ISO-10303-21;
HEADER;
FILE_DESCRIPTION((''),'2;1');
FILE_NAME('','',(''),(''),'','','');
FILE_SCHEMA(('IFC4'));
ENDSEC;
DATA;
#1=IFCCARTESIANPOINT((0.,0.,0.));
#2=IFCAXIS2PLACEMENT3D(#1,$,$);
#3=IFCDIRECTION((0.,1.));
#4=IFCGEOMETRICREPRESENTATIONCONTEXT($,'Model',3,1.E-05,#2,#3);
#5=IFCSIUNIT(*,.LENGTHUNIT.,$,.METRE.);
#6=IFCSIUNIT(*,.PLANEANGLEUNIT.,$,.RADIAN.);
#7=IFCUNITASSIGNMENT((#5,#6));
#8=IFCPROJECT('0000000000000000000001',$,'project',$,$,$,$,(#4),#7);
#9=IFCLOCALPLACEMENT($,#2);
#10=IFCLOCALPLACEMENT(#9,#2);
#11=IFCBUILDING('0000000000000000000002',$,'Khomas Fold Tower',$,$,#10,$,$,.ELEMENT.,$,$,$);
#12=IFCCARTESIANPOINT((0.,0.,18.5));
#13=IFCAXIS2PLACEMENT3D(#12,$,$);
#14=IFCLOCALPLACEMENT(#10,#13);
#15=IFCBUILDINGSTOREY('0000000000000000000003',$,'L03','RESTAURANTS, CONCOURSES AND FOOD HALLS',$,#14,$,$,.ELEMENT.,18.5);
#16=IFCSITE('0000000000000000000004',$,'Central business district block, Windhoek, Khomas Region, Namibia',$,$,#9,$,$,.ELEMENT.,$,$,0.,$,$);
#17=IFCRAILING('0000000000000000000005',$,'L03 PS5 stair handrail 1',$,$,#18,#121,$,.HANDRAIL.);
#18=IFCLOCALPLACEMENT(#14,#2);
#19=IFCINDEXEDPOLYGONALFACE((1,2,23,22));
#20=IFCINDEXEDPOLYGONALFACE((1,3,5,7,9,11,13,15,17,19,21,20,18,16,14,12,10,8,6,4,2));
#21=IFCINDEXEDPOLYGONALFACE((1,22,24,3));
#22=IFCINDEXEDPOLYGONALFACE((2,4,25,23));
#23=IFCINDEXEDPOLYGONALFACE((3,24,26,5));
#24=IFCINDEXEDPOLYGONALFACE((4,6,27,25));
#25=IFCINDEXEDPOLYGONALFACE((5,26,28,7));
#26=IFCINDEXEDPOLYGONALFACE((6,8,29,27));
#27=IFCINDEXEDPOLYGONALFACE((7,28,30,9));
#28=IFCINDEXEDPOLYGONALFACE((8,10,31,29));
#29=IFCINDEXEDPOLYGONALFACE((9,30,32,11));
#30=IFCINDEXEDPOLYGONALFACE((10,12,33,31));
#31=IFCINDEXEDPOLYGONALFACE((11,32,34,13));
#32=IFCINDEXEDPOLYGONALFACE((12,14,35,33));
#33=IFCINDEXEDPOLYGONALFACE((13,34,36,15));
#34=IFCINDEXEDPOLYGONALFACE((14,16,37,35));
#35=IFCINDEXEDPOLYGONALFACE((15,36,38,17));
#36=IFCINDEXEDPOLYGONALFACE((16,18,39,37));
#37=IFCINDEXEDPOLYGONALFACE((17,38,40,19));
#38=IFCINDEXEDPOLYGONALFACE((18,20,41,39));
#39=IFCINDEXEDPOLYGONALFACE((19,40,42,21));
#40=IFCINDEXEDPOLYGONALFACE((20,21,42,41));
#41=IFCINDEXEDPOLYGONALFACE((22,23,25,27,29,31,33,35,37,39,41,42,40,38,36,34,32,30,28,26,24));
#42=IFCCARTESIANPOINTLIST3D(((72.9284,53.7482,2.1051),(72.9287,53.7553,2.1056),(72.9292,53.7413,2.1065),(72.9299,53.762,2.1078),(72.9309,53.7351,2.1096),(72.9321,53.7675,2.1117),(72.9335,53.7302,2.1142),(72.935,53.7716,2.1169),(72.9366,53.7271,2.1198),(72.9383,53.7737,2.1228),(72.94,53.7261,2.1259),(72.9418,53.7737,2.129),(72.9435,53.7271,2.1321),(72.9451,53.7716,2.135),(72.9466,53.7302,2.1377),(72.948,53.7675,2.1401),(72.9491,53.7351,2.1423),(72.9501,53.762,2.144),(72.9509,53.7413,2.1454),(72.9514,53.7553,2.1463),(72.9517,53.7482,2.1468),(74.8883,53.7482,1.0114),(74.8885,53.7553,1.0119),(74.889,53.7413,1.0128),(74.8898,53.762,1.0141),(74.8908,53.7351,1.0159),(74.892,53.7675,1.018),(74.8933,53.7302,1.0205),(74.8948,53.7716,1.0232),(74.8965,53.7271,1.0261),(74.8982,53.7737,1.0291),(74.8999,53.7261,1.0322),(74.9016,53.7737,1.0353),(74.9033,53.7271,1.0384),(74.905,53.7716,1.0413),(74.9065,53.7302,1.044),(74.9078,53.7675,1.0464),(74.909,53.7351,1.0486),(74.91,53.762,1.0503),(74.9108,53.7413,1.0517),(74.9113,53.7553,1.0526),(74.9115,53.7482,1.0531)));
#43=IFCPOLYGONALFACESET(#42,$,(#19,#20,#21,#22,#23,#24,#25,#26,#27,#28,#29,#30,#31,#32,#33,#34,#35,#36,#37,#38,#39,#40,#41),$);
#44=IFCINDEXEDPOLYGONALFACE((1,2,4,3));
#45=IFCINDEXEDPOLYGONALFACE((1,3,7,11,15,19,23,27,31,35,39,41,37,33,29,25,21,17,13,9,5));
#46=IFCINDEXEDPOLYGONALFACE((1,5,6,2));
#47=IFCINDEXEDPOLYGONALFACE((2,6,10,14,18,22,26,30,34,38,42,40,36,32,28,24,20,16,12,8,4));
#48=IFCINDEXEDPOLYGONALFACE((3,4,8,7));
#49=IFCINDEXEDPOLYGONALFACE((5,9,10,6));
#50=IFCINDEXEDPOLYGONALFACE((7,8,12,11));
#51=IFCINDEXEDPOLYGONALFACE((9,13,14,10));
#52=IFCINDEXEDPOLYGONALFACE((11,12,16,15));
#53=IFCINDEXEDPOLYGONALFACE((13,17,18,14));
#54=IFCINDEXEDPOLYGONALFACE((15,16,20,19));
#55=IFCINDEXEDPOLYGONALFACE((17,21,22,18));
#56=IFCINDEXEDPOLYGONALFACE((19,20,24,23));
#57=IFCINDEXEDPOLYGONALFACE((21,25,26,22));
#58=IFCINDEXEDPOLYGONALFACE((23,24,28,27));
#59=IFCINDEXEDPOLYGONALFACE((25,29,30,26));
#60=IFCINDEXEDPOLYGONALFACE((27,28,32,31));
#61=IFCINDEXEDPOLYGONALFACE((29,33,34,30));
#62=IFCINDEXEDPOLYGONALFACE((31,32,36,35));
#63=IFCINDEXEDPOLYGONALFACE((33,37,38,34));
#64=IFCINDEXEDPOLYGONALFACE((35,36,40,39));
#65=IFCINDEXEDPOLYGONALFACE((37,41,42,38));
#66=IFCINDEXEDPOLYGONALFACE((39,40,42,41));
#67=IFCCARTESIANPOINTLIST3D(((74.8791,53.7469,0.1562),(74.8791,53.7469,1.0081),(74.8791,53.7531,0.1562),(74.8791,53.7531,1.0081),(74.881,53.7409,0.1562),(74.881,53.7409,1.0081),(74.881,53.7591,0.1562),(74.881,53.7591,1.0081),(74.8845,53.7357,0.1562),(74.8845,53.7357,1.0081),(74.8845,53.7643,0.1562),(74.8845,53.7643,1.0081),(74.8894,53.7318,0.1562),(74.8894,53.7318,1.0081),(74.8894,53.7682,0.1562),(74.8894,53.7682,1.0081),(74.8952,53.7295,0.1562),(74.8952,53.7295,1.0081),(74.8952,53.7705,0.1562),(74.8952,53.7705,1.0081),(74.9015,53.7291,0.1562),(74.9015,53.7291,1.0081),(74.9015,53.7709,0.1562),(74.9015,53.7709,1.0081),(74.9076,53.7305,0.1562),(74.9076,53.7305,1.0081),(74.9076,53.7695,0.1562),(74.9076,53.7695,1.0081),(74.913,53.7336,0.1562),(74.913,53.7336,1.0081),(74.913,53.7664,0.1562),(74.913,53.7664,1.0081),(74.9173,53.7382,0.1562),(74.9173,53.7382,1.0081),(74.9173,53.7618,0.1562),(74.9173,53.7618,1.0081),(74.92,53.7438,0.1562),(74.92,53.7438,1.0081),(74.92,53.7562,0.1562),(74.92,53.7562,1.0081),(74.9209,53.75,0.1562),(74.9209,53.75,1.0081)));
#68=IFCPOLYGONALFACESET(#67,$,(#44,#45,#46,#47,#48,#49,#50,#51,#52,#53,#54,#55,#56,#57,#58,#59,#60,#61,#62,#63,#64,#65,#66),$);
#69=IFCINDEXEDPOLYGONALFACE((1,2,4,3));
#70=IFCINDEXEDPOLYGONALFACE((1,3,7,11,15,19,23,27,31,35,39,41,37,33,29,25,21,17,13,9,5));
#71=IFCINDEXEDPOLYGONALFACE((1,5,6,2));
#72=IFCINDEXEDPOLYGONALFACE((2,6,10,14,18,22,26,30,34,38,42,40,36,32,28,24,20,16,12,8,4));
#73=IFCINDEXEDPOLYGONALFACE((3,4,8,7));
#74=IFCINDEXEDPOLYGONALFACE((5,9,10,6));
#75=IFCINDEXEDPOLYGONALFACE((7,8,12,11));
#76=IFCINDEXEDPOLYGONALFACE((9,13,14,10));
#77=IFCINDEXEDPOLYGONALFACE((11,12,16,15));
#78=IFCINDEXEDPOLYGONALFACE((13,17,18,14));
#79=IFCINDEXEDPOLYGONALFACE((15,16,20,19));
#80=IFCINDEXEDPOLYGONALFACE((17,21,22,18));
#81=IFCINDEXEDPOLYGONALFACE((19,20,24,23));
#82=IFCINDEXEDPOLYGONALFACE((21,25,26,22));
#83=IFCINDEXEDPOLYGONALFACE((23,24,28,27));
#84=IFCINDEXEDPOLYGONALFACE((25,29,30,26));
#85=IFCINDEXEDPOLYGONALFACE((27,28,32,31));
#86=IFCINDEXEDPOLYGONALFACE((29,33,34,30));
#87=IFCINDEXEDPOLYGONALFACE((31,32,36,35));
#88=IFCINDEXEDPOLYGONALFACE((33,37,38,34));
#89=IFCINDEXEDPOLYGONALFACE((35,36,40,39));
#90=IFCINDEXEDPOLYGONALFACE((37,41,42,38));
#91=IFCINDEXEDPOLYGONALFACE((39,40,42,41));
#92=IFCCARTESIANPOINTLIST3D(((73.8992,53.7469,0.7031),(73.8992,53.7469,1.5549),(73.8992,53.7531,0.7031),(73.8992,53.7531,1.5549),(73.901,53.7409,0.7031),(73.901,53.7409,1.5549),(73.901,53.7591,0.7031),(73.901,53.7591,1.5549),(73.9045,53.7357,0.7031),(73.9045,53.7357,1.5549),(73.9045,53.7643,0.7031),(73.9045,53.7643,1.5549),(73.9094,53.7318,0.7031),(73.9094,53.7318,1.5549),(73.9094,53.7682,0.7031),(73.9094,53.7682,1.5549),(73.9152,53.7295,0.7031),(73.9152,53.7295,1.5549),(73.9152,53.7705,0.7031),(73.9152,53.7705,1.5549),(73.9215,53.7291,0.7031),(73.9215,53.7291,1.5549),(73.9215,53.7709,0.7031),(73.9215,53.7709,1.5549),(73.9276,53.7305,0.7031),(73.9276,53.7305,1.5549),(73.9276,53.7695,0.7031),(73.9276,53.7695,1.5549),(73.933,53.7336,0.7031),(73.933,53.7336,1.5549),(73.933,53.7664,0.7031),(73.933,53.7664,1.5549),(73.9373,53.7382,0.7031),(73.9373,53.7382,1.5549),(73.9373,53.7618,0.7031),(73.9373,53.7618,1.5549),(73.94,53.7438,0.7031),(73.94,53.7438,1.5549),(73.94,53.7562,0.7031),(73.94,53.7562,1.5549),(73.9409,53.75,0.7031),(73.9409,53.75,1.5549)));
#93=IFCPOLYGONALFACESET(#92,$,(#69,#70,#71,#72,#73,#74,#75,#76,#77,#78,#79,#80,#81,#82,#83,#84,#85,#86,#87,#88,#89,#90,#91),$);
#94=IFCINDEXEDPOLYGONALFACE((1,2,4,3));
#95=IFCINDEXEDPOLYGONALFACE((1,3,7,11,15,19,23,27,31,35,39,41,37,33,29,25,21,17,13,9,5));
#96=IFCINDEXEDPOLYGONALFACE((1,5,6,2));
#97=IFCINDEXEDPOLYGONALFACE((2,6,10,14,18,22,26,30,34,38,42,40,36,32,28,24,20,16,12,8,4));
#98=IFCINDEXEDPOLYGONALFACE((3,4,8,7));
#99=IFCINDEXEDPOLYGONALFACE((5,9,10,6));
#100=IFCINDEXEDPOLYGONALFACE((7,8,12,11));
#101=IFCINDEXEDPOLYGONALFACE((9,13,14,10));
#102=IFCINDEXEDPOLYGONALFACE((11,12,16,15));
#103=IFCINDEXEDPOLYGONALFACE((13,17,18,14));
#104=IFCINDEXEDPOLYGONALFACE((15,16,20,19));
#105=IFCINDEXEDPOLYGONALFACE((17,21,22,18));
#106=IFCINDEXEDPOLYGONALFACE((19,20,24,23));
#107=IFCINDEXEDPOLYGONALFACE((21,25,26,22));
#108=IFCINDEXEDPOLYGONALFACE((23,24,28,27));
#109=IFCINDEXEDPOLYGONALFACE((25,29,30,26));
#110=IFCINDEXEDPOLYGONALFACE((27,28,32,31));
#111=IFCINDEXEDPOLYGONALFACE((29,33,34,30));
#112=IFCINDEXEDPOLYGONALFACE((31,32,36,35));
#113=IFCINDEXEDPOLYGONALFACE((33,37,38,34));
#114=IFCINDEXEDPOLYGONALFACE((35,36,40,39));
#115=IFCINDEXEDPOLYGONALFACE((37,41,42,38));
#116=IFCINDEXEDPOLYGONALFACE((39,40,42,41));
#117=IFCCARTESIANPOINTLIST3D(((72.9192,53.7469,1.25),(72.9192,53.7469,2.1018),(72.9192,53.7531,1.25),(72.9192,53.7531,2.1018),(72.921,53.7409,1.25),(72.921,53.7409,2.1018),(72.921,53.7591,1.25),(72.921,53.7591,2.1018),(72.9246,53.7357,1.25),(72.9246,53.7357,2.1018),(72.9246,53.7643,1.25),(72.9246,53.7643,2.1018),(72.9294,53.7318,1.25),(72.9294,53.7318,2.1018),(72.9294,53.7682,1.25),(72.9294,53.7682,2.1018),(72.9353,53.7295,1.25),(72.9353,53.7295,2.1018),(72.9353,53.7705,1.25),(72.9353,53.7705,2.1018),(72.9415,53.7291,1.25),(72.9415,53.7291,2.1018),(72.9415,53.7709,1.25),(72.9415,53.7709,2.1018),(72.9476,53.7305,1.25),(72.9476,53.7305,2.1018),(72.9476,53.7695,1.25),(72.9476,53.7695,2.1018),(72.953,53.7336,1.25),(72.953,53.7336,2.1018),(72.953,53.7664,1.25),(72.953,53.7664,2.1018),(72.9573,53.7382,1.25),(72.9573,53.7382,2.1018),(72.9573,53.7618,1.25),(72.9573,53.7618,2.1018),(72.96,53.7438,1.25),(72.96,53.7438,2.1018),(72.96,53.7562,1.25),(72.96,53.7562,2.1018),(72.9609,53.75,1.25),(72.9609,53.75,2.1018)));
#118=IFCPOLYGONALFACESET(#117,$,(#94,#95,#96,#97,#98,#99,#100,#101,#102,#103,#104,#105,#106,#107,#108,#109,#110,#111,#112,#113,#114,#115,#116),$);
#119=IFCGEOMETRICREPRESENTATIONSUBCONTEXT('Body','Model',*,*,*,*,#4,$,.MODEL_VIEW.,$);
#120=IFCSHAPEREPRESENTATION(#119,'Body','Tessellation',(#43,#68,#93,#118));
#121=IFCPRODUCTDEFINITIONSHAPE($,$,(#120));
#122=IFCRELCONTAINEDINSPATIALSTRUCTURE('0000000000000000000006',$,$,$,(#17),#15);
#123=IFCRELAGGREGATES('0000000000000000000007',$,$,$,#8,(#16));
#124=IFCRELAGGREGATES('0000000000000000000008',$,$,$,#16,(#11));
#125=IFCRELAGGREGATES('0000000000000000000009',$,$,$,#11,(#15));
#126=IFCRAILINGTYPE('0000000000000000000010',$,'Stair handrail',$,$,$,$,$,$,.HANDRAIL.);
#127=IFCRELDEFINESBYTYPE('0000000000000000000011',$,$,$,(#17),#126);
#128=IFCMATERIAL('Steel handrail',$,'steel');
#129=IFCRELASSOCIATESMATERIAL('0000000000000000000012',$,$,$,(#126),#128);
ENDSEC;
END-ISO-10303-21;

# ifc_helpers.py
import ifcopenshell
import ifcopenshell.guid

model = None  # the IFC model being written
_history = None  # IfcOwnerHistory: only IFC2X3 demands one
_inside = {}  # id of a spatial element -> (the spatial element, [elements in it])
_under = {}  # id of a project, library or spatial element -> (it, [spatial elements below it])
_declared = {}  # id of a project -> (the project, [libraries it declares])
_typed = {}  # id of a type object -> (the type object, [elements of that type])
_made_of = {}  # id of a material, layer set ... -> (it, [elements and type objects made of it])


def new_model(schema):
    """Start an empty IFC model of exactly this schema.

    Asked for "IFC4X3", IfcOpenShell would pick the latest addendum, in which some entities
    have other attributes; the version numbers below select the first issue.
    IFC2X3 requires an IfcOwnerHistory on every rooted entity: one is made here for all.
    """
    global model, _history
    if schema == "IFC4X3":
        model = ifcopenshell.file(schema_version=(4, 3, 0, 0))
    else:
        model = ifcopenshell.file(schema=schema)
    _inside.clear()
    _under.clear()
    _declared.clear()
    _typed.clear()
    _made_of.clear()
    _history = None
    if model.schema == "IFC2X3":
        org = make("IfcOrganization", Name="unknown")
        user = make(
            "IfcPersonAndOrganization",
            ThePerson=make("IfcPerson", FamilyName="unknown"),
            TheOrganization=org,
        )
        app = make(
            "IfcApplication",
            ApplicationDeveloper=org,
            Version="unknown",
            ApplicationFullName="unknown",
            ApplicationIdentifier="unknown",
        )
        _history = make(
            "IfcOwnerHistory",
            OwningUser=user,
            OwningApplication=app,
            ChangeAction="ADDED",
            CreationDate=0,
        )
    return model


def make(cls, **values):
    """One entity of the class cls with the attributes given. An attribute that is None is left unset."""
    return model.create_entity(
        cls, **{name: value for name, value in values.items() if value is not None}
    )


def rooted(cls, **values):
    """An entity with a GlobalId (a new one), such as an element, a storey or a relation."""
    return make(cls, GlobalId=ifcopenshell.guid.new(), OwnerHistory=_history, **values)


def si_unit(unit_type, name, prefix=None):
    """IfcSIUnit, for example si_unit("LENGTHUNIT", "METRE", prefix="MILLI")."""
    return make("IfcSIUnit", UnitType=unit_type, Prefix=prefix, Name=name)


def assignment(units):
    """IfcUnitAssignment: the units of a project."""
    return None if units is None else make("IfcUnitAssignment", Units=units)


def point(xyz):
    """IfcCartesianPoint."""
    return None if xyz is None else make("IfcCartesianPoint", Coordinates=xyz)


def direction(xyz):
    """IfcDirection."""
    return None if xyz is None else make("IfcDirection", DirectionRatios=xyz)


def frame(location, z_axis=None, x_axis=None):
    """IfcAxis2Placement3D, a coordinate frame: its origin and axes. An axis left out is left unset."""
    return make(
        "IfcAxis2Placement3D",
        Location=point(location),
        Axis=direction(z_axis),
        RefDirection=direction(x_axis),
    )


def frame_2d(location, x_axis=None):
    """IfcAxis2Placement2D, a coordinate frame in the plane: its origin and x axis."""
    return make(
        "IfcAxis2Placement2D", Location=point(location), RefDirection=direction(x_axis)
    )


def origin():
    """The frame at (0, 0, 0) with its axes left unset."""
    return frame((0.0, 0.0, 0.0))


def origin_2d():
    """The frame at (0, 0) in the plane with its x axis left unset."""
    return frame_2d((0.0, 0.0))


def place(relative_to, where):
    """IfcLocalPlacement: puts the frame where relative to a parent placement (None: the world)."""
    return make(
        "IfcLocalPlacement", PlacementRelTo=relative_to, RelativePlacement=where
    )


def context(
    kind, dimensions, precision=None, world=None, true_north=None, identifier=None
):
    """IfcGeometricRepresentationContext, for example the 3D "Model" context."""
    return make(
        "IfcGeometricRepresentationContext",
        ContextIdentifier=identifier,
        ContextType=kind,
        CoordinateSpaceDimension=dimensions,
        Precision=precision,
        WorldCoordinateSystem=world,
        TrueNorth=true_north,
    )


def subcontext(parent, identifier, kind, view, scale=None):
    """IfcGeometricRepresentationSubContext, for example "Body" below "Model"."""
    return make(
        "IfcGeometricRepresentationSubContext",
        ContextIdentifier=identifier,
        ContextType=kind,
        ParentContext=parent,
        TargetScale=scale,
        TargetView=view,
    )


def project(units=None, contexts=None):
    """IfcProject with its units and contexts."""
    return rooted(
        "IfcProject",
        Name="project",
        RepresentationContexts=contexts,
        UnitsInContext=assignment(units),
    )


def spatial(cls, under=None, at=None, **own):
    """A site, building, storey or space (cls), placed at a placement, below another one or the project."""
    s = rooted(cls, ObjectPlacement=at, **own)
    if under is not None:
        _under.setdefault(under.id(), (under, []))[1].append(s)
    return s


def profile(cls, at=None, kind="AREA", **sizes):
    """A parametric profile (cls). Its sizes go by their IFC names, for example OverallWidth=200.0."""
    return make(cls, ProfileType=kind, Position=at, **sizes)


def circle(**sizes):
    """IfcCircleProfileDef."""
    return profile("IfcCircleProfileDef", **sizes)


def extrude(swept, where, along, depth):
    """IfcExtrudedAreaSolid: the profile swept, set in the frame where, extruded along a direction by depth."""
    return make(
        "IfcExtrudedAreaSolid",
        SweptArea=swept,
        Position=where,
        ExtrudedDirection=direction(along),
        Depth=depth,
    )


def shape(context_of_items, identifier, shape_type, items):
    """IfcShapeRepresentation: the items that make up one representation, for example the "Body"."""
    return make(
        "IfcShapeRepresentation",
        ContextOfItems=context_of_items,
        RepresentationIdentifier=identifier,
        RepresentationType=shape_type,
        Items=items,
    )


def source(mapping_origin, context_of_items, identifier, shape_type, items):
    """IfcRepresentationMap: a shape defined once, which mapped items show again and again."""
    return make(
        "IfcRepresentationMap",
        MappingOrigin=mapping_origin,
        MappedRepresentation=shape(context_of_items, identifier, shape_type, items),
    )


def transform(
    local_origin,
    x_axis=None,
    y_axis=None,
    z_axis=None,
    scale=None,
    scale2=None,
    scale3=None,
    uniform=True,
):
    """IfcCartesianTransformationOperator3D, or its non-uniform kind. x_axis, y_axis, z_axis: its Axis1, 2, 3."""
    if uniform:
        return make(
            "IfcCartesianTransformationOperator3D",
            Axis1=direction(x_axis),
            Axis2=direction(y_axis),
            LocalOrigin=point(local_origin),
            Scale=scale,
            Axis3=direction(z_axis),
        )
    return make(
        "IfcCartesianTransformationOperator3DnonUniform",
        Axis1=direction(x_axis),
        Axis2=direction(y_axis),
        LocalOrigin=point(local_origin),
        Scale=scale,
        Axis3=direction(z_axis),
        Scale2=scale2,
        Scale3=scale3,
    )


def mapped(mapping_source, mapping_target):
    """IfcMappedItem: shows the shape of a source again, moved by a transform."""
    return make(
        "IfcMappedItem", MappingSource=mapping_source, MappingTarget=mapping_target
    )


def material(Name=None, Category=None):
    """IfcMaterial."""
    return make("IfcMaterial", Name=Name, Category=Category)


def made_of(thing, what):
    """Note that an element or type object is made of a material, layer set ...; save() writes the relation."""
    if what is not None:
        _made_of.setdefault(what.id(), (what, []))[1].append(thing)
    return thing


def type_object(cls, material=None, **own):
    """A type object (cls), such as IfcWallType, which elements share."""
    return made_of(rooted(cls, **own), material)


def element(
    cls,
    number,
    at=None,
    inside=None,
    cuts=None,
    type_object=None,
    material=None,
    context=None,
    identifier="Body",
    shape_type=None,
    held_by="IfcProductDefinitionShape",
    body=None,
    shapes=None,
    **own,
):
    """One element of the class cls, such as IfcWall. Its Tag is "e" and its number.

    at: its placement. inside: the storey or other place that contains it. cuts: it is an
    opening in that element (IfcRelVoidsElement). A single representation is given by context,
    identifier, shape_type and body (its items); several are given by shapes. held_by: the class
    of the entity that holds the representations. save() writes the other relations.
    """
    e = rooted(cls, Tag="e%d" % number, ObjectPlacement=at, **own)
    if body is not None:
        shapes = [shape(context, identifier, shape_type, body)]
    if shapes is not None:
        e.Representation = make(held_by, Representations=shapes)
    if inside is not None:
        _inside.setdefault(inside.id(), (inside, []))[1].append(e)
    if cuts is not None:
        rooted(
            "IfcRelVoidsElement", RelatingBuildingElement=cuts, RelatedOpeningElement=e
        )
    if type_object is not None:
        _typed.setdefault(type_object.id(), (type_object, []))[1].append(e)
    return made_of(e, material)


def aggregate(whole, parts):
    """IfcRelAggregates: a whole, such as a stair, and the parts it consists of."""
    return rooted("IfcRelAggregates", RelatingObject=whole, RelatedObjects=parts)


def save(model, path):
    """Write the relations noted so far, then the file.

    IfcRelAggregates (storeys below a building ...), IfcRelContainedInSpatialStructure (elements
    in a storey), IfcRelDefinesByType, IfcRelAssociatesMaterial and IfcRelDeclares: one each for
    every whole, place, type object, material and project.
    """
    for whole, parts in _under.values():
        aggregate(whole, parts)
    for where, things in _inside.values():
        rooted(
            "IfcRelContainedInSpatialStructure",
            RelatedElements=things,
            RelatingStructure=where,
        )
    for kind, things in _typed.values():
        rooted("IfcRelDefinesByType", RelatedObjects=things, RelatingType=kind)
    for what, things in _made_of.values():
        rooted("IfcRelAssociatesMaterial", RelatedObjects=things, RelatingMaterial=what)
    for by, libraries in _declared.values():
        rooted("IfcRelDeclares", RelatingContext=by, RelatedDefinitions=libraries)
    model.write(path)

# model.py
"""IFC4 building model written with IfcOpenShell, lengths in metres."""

from ifc_helpers import new_model, si_unit, direction, frame, origin, origin_2d, place, context, subcontext, project, spatial, circle, extrude, source, transform, mapped, material, type_object, element, save


model = new_model("IFC4")

# Units and contexts
model_context = context("Model", 3, precision=1e-05, world=origin(), true_north=direction((0.0, 1.0)))
body_context = subcontext(model_context, "Body", "Model", "MODEL_VIEW")
ifc_project = project(units=[si_unit("LENGTHUNIT", "METRE"), si_unit("PLANEANGLEUNIT", "RADIAN")], contexts=[model_context])

# Site, building, storey
site_placement = place(None, origin())
site = spatial("IfcSite", under=ifc_project, at=site_placement, Name="Central business district block, Windhoek, Khomas Region, Namibia", CompositionType="ELEMENT", RefElevation=0.0)
building_placement = place(site_placement, origin())
building = spatial("IfcBuilding", under=site, at=building_placement, Name="Khomas Fold Tower", CompositionType="ELEMENT")
storey_placement = place(building_placement, frame((0.0, 0.0, 18.5)))
storey = spatial("IfcBuildingStorey", under=building, at=storey_placement, Name="L03", Description="RESTAURANTS, CONCOURSES AND FOOD HALLS", CompositionType="ELEMENT", Elevation=18.5)

# Railing
ifc_material_1 = material(Name="Steel handrail", Category="steel")
railing_type_1 = type_object("IfcRailingType", Name="Stair handrail", PredefinedType="HANDRAIL", material=ifc_material_1)
shared_shape_1 = source(origin(), body_context, "Body", "SweptSolid", [
    extrude(circle(Radius=0.0239, at=origin_2d()), frame((0.0, 0.0, 0.876), z_axis=(-0.873232, 0.0, 0.487304), x_axis=(0.0, -1.0, 0.0)), (0.0, 0.0, 1.0), 2.2444),
    extrude(circle(Radius=0.021, at=origin_2d()), origin(), (0.0, 0.0, 1.0), 0.8518),
    extrude(circle(Radius=0.021, at=origin_2d()), frame((-0.98, 0.0, 0.5469)), (0.0, 0.0, 1.0), 0.8518),
    extrude(circle(Radius=0.021, at=origin_2d()), frame((-1.96, 0.0, 1.0938)), (0.0, 0.0, 1.0), 0.8518),
])
for number, where, name in (
    (1, (74.8999, 53.75, 0.1562), "L03 PS5 stair handrail 1"),
):
    element("IfcRailing", number, at=place(storey_placement, frame(where)), inside=storey, type_object=railing_type_1, Name=name, PredefinedType="HANDRAIL", context=body_context, shape_type="MappedRepresentation", body=[
        mapped(shared_shape_1, transform((0.0, 0.0, 0.0))),
    ])

save(model, "model.ifc")
